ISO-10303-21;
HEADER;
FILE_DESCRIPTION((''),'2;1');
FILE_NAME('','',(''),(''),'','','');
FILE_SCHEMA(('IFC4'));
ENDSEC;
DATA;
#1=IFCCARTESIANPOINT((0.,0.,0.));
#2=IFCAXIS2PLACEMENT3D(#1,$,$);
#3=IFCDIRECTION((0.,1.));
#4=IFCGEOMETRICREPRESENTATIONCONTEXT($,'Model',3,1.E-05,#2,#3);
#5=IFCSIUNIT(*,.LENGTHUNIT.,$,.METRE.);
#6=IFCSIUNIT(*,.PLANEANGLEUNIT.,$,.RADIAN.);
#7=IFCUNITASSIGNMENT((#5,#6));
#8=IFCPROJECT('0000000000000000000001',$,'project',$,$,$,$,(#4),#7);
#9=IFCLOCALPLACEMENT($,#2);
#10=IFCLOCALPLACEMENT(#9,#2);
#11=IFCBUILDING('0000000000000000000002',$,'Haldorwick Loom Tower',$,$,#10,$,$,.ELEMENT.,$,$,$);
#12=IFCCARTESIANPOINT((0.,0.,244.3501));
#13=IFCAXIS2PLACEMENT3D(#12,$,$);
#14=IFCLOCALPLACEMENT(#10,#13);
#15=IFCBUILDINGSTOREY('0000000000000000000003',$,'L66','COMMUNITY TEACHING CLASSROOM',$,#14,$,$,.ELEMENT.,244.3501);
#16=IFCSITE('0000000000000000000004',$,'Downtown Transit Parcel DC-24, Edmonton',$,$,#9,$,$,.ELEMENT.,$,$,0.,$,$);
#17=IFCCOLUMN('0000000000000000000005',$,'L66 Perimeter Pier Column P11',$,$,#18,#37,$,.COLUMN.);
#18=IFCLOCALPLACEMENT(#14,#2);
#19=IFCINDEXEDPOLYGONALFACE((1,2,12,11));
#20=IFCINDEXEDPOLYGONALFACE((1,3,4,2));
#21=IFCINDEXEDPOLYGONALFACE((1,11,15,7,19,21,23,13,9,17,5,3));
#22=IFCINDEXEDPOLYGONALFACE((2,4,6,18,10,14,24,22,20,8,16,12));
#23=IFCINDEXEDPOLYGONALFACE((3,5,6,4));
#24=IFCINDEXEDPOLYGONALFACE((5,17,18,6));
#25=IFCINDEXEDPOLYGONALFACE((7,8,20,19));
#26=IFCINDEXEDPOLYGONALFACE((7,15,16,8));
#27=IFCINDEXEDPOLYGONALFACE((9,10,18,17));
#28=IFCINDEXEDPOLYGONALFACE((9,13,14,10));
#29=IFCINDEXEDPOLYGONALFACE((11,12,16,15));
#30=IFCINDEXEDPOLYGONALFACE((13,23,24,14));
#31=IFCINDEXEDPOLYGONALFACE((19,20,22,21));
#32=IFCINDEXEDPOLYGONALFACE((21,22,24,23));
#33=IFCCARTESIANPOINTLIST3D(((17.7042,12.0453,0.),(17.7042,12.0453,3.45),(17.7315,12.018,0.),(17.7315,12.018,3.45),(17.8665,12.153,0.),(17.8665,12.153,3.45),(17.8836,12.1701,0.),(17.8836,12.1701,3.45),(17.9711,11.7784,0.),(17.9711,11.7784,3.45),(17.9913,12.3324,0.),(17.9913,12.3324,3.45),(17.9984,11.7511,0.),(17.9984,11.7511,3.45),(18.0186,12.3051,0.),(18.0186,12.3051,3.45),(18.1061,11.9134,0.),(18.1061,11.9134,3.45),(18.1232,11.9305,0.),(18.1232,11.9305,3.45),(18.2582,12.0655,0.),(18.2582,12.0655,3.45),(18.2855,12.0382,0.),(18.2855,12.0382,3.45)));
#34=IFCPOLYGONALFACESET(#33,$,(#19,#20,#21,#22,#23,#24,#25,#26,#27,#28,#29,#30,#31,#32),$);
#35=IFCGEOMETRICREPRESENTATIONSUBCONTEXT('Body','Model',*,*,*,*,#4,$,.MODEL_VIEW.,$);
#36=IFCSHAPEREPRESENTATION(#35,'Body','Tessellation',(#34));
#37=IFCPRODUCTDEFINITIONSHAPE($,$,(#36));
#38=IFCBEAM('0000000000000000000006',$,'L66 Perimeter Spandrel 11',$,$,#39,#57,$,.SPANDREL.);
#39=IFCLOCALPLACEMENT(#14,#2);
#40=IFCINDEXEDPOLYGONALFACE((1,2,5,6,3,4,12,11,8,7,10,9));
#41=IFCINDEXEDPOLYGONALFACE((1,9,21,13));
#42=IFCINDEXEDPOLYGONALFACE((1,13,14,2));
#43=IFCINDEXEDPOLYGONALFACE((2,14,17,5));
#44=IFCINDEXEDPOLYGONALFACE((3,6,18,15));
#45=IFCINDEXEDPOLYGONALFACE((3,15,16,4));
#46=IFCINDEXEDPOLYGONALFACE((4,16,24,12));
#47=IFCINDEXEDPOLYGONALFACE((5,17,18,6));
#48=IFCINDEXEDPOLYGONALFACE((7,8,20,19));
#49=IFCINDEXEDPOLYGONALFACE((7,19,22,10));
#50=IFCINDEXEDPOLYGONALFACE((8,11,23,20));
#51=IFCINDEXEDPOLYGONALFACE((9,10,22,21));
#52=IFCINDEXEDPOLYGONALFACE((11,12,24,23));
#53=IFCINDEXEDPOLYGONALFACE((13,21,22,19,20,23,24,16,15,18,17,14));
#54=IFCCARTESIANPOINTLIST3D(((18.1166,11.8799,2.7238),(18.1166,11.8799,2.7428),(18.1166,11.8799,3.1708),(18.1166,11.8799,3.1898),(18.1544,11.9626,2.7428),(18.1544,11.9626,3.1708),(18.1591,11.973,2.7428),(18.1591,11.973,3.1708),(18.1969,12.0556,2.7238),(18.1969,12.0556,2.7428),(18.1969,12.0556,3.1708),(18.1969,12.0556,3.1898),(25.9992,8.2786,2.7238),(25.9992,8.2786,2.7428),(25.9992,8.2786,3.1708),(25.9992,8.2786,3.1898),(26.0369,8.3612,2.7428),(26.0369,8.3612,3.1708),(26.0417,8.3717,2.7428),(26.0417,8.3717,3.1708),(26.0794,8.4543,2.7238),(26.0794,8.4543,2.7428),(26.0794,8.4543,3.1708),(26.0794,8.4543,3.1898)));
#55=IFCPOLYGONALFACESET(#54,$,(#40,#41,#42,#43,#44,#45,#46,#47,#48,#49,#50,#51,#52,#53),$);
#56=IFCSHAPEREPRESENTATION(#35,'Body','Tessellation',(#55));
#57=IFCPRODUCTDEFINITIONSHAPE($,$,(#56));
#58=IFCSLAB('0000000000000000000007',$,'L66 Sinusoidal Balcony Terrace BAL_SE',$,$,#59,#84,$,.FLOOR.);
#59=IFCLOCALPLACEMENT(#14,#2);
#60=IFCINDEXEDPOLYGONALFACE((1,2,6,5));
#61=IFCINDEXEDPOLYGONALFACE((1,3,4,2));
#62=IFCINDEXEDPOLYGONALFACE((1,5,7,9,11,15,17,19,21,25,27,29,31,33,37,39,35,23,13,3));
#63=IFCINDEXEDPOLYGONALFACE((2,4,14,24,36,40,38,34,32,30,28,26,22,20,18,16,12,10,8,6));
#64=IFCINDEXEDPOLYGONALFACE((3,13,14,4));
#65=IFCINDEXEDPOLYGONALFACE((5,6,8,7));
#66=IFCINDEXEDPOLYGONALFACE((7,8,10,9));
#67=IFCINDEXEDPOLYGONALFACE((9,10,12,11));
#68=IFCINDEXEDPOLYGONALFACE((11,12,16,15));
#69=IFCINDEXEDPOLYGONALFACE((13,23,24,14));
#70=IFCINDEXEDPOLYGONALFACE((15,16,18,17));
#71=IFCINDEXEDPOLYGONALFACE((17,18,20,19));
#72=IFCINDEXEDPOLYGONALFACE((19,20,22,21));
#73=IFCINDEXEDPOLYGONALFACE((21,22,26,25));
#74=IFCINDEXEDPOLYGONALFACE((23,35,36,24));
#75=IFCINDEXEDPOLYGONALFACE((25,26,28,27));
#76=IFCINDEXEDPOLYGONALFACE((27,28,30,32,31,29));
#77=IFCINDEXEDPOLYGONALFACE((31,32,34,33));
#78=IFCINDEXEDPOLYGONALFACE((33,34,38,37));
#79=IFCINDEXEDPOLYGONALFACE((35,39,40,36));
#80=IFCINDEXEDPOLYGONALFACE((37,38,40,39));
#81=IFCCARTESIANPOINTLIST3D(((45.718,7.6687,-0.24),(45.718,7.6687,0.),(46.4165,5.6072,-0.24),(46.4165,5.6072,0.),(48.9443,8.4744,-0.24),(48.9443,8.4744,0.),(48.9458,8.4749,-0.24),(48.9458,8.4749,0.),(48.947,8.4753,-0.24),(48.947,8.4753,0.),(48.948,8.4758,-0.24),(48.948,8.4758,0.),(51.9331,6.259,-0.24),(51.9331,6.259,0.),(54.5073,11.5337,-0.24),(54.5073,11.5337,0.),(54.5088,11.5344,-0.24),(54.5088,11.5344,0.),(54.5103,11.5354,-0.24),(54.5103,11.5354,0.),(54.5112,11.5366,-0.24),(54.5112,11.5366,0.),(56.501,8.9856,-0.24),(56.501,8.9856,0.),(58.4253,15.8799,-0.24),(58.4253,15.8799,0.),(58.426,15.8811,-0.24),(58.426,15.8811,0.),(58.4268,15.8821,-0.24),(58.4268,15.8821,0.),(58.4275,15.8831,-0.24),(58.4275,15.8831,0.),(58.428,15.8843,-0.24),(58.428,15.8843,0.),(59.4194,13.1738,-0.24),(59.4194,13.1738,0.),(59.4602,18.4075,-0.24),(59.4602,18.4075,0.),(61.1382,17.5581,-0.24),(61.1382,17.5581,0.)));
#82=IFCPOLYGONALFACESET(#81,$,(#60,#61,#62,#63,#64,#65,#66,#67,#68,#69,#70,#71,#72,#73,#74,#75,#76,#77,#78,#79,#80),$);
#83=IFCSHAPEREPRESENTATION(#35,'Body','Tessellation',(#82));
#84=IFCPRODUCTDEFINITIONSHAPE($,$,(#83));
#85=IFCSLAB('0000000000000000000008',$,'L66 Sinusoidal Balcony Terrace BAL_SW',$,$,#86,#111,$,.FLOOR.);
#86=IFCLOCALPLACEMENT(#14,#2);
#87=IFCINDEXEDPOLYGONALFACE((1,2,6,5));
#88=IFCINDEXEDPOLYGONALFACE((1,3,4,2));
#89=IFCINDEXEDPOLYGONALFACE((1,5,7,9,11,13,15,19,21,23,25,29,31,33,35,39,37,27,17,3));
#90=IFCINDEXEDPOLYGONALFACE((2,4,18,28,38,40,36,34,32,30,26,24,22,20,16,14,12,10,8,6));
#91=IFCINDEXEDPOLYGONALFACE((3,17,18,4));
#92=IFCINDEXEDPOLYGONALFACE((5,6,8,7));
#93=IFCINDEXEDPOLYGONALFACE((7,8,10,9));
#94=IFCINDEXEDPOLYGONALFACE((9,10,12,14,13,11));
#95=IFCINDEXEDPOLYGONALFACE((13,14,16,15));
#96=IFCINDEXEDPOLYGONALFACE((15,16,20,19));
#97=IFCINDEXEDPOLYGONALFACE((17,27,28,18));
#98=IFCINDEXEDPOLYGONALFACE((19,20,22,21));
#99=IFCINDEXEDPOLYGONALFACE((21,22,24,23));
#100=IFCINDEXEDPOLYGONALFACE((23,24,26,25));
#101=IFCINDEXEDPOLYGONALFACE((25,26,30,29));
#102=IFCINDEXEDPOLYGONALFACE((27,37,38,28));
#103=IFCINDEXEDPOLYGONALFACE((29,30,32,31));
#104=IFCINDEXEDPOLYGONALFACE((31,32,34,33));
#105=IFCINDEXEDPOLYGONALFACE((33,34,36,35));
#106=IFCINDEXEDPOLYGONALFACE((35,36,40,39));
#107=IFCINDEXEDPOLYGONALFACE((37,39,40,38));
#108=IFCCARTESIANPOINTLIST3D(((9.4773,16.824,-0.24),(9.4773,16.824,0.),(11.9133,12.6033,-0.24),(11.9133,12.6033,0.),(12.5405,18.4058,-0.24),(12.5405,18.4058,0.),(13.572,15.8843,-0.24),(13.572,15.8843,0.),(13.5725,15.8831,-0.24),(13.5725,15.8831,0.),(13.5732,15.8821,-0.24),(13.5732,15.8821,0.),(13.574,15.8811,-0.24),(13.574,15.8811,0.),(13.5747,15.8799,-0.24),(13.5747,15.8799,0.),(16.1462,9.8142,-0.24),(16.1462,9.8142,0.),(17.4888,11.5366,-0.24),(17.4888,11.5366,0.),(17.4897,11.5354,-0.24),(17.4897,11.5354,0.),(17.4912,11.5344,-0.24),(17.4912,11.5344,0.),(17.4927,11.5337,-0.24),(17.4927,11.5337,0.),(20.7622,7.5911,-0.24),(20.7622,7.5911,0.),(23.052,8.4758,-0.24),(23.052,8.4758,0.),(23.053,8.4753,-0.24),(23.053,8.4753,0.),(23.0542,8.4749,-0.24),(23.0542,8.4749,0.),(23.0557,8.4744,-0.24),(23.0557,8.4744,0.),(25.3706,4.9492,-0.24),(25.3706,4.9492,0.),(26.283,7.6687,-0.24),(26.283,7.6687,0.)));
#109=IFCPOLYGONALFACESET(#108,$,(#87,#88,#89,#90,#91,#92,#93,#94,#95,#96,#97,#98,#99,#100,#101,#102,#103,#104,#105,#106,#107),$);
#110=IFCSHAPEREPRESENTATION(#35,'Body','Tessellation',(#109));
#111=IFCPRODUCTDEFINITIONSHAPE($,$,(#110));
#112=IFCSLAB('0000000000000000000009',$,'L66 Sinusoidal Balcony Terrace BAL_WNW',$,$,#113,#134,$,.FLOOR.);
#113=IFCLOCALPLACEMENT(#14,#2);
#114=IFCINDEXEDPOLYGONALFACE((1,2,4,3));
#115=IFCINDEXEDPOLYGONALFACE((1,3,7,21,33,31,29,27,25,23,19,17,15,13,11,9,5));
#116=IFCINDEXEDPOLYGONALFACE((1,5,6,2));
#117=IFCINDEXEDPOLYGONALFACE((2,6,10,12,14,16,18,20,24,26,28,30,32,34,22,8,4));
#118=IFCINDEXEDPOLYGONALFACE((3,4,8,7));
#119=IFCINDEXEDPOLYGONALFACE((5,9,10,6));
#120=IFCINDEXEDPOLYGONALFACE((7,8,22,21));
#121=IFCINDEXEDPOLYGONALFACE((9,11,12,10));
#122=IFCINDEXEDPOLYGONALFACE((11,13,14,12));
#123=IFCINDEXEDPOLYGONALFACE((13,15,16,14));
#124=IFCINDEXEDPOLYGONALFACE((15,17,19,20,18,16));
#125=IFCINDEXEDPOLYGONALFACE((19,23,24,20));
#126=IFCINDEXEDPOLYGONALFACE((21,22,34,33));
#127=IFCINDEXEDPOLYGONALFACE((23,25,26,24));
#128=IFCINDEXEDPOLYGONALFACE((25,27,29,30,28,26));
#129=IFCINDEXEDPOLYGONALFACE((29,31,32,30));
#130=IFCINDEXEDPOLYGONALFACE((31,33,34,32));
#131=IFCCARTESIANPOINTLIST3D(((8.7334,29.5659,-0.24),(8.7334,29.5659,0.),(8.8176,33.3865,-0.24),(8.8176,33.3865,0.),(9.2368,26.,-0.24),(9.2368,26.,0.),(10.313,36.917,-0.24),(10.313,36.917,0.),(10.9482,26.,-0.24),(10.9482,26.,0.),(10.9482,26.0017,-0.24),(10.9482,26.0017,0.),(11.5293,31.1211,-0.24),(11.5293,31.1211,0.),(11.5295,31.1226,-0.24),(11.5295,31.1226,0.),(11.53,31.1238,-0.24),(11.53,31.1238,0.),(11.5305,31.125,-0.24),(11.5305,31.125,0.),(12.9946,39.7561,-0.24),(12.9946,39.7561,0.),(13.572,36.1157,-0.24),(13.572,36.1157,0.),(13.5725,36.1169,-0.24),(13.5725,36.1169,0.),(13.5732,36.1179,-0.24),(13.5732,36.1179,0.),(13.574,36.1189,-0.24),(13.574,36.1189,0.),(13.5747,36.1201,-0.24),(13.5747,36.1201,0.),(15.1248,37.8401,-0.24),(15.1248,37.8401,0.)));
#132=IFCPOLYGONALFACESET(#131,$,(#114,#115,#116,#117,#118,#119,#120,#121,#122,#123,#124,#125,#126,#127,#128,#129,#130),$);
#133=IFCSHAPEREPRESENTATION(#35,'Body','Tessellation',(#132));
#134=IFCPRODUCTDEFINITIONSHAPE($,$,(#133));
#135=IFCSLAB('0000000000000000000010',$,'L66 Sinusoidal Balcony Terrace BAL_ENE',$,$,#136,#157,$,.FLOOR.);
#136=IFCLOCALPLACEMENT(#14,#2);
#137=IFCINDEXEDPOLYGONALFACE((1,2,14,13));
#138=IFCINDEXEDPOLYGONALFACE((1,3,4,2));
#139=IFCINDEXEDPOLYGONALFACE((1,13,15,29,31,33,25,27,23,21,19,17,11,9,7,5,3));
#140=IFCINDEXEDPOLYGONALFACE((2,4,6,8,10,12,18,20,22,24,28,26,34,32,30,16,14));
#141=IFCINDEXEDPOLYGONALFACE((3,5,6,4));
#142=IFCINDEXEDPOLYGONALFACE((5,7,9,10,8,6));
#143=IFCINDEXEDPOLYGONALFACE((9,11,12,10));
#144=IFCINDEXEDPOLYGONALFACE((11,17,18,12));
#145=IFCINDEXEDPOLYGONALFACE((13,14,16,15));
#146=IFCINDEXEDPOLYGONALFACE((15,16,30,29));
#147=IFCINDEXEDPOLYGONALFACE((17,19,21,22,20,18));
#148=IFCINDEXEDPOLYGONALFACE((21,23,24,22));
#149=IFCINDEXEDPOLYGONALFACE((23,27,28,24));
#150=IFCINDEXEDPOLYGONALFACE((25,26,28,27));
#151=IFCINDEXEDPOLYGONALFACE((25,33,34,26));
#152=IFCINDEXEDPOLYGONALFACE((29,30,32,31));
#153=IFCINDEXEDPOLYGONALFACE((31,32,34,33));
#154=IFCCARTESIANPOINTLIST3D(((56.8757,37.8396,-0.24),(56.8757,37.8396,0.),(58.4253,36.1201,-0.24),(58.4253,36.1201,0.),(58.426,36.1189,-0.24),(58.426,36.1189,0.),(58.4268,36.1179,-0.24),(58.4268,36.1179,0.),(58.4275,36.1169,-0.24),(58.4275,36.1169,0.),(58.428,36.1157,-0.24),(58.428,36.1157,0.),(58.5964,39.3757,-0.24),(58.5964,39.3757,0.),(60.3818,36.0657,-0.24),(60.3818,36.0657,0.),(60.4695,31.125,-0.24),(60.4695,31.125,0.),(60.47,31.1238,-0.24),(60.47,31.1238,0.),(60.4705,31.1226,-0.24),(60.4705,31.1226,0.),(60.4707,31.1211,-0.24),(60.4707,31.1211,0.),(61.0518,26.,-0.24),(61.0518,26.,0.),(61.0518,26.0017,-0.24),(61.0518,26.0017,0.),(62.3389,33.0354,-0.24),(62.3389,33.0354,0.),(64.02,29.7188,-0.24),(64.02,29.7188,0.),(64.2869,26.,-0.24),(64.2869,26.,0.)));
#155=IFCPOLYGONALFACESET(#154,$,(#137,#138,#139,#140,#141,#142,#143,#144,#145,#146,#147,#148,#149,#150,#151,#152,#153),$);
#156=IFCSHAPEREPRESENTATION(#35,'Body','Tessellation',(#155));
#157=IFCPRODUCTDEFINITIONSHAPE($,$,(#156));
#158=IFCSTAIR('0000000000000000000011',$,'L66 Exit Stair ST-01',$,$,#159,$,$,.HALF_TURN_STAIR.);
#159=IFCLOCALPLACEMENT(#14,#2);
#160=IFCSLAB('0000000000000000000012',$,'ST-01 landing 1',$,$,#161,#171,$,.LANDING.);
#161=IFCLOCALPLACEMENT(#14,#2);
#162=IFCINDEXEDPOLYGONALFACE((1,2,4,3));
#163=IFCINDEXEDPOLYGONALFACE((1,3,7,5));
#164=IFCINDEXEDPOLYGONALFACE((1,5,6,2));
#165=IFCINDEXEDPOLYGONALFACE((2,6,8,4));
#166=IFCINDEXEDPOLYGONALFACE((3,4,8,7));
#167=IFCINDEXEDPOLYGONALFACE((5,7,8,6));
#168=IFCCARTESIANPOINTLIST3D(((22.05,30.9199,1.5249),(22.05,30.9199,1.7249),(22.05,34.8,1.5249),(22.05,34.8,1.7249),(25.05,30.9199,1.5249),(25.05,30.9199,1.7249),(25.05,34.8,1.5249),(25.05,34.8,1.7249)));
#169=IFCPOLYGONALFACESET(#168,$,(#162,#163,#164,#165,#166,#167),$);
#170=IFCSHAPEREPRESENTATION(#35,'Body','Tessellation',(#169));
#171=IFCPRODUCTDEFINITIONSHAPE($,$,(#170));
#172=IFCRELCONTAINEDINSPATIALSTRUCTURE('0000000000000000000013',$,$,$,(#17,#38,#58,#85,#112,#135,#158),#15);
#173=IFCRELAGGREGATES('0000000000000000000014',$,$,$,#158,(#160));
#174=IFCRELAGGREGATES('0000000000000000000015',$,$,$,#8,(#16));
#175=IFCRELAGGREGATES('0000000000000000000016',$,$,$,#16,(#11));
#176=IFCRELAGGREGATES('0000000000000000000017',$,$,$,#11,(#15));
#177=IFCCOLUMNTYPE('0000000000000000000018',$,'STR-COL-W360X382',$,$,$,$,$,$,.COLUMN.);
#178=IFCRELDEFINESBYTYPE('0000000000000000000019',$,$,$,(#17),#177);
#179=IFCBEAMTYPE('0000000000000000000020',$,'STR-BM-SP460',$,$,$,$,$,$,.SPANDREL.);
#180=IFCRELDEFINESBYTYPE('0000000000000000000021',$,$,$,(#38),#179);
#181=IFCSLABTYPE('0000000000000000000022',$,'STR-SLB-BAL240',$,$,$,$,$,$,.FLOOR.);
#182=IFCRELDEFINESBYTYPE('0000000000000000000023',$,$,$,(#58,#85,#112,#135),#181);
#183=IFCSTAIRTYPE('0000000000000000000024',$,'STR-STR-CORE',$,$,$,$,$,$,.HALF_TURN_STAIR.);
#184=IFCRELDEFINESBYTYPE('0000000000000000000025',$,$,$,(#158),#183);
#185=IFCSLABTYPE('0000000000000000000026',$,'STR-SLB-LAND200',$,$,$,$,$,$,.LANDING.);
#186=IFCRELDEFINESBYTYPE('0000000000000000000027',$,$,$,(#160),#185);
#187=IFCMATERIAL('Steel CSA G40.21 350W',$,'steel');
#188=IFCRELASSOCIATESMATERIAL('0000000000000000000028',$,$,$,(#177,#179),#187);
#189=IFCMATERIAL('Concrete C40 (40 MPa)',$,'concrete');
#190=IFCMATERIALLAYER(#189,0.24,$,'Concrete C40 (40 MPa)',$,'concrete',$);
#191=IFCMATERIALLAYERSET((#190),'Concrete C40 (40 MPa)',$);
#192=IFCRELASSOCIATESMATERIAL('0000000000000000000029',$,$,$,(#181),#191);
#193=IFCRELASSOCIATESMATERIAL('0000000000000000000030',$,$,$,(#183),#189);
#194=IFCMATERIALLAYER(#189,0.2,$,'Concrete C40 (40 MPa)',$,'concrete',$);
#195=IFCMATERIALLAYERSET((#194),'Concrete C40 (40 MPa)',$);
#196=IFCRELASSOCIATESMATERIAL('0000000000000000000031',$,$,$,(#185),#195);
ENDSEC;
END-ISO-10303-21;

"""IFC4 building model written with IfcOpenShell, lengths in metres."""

from ifc_helpers import new_model, si_unit, direction, frame, origin, origin_2d, place, context, subcontext, project, spatial, polyline, i_section, outline, extrude, material, layer, layer_set, material_profile, profile_set, type_object, element, aggregate, save


model = new_model("IFC4")

# Units and contexts
model_context = context("Model", 3, precision=1e-05, world=origin(), true_north=direction((0.0, 1.0)))
body_context = subcontext(model_context, "Body", "Model", "MODEL_VIEW")
ifc_project = project(units=[si_unit("LENGTHUNIT", "METRE"), si_unit("PLANEANGLEUNIT", "RADIAN")], contexts=[model_context])

# Site, building, storey
site_placement = place(None, origin())
site = spatial("IfcSite", under=ifc_project, at=site_placement, Name="Downtown Transit Parcel DC-24, Edmonton", CompositionType="ELEMENT", RefElevation=0.0)
building_placement = place(site_placement, origin())
building = spatial("IfcBuilding", under=site, at=building_placement, Name="Haldorwick Loom Tower", CompositionType="ELEMENT")
storey_placement = place(building_placement, frame((0.0, 0.0, 244.3501)))
storey = spatial("IfcBuildingStorey", under=building, at=storey_placement, Name="L66", Description="COMMUNITY TEACHING CLASSROOM", CompositionType="ELEMENT", Elevation=244.3501)

# Column
ifc_material_1 = material(Name="Steel CSA G40.21 350W", Category="steel")
ifc_material_profile_1 = material_profile(ifc_material_1, i_section(OverallWidth=0.406, OverallDepth=0.416, WebThickness=0.0242, FlangeThickness=0.0386, at=origin_2d()), Name="W360X382", Category="steel")
ifc_profile_set_1 = profile_set([ifc_material_profile_1], Name="Steel CSA G40.21 350W")
column_type = type_object("IfcColumnType", Name="STR-COL-W360X382", PredefinedType="COLUMN", material=ifc_profile_set_1)
column_placement = place(storey_placement, frame((17.9949, 12.0417, 0.0), z_axis=(0.0, 0.0, 1.0), x_axis=(-0.707107, -0.707107, 0.0)))
element("IfcColumn", 1, at=column_placement, inside=storey, type_object=column_type, Name="L66 Perimeter Pier Column P11", PredefinedType="COLUMN", context=body_context, shape_type="SweptSolid", body=[
    extrude(i_section(OverallWidth=0.406, OverallDepth=0.416, WebThickness=0.0242, FlangeThickness=0.0386, at=origin_2d()), origin(), (0.0, 0.0, 1.0), 3.45),
])

# Beam
ifc_material_profile_2 = material_profile(ifc_material_1, i_section(OverallWidth=0.1931, OverallDepth=0.4661, WebThickness=0.0115, FlangeThickness=0.019, at=origin_2d()), Name="W460X97", Category="steel")
ifc_profile_set_2 = profile_set([ifc_material_profile_2], Name="Steel CSA G40.21 350W")
beam_type = type_object("IfcBeamType", Name="STR-BM-SP460", PredefinedType="SPANDREL", material=ifc_profile_set_2)
beam_placement = place(storey_placement, frame((18.1567, 11.9678, 2.9568), z_axis=(0.909568, -0.415555, 0.0), x_axis=(0.415555, 0.909568, 0.0)))
element("IfcBeam", 2, at=beam_placement, inside=storey, type_object=beam_type, Name="L66 Perimeter Spandrel 11", PredefinedType="SPANDREL", context=body_context, shape_type="SweptSolid", body=[
    extrude(i_section(OverallWidth=0.1931, OverallDepth=0.4661, WebThickness=0.0115, FlangeThickness=0.019, at=origin_2d()), origin(), (0.0, 0.0, 1.0), 8.6663),
])

# Slabs
ifc_material_2 = material(Name="Concrete C40 (40 MPa)", Category="concrete")
ifc_layer_1 = layer(ifc_material_2, 0.24, Name="Concrete C40 (40 MPa)", Category="concrete")
ifc_layer_set_1 = layer_set([ifc_layer_1], Name="Concrete C40 (40 MPa)")
slab_type_1 = type_object("IfcSlabType", Name="STR-SLB-BAL240", PredefinedType="FLOOR", material=ifc_layer_set_1)
slab_1_placement = place(storey_placement, frame((0.0, 0.0, -0.24)))
element("IfcSlab", 3, at=slab_1_placement, inside=storey, type_object=slab_type_1, Name="L66 Sinusoidal Balcony Terrace BAL_SE", PredefinedType="FLOOR", context=body_context, shape_type="SweptSolid", body=[
    extrude(outline(polyline([(59.4602, 18.4075), (58.428, 15.8843), (58.4275, 15.8831), (58.4268, 15.8821), (58.426, 15.8811), (58.4253, 15.8799), (54.5112, 11.5366), (54.5103, 11.5354), (54.5088, 11.5344), (54.5073, 11.5337), (48.948, 8.4758), (48.947, 8.4753), (48.9458, 8.4749), (48.9443, 8.4744), (45.718, 7.6687), (46.4165, 5.6072), (51.9331, 6.259), (56.501, 8.9856), (59.4194, 13.1738), (61.1382, 17.5581), (59.4602, 18.4075)])), origin(), (0.0, 0.0, 1.0), 0.24),
])
slab_2_placement = place(storey_placement, frame((0.0, 0.0, -0.24)))
element("IfcSlab", 4, at=slab_2_placement, inside=storey, type_object=slab_type_1, Name="L66 Sinusoidal Balcony Terrace BAL_SW", PredefinedType="FLOOR", context=body_context, shape_type="SweptSolid", body=[
    extrude(outline(polyline([(26.283, 7.6687), (23.0557, 8.4744), (23.0542, 8.4749), (23.053, 8.4753), (23.052, 8.4758), (17.4927, 11.5337), (17.4912, 11.5344), (17.4897, 11.5354), (17.4888, 11.5366), (13.5747, 15.8799), (13.574, 15.8811), (13.5732, 15.8821), (13.5725, 15.8831), (13.572, 15.8843), (12.5405, 18.4058), (9.4773, 16.824), (11.9133, 12.6033), (16.1462, 9.8142), (20.7622, 7.5911), (25.3706, 4.9492), (26.283, 7.6687)])), origin(), (0.0, 0.0, 1.0), 0.24),
])
slab_3_placement = place(storey_placement, frame((0.0, 0.0, -0.24)))
element("IfcSlab", 5, at=slab_3_placement, inside=storey, type_object=slab_type_1, Name="L66 Sinusoidal Balcony Terrace BAL_WNW", PredefinedType="FLOOR", context=body_context, shape_type="SweptSolid", body=[
    extrude(outline(polyline([(10.9482, 26.0), (10.9482, 26.0017), (11.5293, 31.1211), (11.5295, 31.1226), (11.53, 31.1238), (11.5305, 31.125), (13.572, 36.1157), (13.5725, 36.1169), (13.5732, 36.1179), (13.574, 36.1189), (13.5747, 36.1201), (15.1248, 37.8401), (12.9946, 39.7561), (10.313, 36.917), (8.8176, 33.3865), (8.7334, 29.5659), (9.2368, 26.0), (10.9482, 26.0)])), origin(), (0.0, 0.0, 1.0), 0.24),
])
slab_4_placement = place(storey_placement, frame((0.0, 0.0, -0.24)))
element("IfcSlab", 6, at=slab_4_placement, inside=storey, type_object=slab_type_1, Name="L66 Sinusoidal Balcony Terrace BAL_ENE", PredefinedType="FLOOR", context=body_context, shape_type="SweptSolid", body=[
    extrude(outline(polyline([(56.8757, 37.8396), (58.4253, 36.1201), (58.426, 36.1189), (58.4268, 36.1179), (58.4275, 36.1169), (58.428, 36.1157), (60.4695, 31.125), (60.47, 31.1238), (60.4705, 31.1226), (60.4707, 31.1211), (61.0518, 26.0017), (61.0518, 26.0), (64.2869, 26.0), (64.02, 29.7188), (62.3389, 33.0354), (60.3818, 36.0657), (58.5964, 39.3757), (56.8757, 37.8396)])), origin(), (0.0, 0.0, 1.0), 0.24),
])

# Stair, slab
stair_type = type_object("IfcStairType", Name="STR-STR-CORE", PredefinedType="HALF_TURN_STAIR", material=ifc_material_2)
stair_1_placement = place(storey_placement, origin())
stair_1 = element("IfcStair", 7, at=stair_1_placement, inside=storey, type_object=stair_type, Name="L66 Exit Stair ST-01", PredefinedType="HALF_TURN_STAIR")
ifc_layer_2 = layer(ifc_material_2, 0.2, Name="Concrete C40 (40 MPa)", Category="concrete")
ifc_layer_set_2 = layer_set([ifc_layer_2], Name="Concrete C40 (40 MPa)")
slab_type_2 = type_object("IfcSlabType", Name="STR-SLB-LAND200", PredefinedType="LANDING", material=ifc_layer_set_2)
slab_5_placement = place(storey_placement, frame((0.0, 0.0, 1.5249)))
slab_5 = element("IfcSlab", 8, at=slab_5_placement, type_object=slab_type_2, Name="ST-01 landing 1", PredefinedType="LANDING", context=body_context, shape_type="SweptSolid", body=[
    extrude(outline(polyline([(25.05, 30.9199), (25.05, 34.8), (22.05, 34.8), (22.05, 30.9199), (25.05, 30.9199)])), origin(), (0.0, 0.0, 1.0), 0.2),
])
aggregate(stair_1, [slab_5])

save(model, "model.ifc")
